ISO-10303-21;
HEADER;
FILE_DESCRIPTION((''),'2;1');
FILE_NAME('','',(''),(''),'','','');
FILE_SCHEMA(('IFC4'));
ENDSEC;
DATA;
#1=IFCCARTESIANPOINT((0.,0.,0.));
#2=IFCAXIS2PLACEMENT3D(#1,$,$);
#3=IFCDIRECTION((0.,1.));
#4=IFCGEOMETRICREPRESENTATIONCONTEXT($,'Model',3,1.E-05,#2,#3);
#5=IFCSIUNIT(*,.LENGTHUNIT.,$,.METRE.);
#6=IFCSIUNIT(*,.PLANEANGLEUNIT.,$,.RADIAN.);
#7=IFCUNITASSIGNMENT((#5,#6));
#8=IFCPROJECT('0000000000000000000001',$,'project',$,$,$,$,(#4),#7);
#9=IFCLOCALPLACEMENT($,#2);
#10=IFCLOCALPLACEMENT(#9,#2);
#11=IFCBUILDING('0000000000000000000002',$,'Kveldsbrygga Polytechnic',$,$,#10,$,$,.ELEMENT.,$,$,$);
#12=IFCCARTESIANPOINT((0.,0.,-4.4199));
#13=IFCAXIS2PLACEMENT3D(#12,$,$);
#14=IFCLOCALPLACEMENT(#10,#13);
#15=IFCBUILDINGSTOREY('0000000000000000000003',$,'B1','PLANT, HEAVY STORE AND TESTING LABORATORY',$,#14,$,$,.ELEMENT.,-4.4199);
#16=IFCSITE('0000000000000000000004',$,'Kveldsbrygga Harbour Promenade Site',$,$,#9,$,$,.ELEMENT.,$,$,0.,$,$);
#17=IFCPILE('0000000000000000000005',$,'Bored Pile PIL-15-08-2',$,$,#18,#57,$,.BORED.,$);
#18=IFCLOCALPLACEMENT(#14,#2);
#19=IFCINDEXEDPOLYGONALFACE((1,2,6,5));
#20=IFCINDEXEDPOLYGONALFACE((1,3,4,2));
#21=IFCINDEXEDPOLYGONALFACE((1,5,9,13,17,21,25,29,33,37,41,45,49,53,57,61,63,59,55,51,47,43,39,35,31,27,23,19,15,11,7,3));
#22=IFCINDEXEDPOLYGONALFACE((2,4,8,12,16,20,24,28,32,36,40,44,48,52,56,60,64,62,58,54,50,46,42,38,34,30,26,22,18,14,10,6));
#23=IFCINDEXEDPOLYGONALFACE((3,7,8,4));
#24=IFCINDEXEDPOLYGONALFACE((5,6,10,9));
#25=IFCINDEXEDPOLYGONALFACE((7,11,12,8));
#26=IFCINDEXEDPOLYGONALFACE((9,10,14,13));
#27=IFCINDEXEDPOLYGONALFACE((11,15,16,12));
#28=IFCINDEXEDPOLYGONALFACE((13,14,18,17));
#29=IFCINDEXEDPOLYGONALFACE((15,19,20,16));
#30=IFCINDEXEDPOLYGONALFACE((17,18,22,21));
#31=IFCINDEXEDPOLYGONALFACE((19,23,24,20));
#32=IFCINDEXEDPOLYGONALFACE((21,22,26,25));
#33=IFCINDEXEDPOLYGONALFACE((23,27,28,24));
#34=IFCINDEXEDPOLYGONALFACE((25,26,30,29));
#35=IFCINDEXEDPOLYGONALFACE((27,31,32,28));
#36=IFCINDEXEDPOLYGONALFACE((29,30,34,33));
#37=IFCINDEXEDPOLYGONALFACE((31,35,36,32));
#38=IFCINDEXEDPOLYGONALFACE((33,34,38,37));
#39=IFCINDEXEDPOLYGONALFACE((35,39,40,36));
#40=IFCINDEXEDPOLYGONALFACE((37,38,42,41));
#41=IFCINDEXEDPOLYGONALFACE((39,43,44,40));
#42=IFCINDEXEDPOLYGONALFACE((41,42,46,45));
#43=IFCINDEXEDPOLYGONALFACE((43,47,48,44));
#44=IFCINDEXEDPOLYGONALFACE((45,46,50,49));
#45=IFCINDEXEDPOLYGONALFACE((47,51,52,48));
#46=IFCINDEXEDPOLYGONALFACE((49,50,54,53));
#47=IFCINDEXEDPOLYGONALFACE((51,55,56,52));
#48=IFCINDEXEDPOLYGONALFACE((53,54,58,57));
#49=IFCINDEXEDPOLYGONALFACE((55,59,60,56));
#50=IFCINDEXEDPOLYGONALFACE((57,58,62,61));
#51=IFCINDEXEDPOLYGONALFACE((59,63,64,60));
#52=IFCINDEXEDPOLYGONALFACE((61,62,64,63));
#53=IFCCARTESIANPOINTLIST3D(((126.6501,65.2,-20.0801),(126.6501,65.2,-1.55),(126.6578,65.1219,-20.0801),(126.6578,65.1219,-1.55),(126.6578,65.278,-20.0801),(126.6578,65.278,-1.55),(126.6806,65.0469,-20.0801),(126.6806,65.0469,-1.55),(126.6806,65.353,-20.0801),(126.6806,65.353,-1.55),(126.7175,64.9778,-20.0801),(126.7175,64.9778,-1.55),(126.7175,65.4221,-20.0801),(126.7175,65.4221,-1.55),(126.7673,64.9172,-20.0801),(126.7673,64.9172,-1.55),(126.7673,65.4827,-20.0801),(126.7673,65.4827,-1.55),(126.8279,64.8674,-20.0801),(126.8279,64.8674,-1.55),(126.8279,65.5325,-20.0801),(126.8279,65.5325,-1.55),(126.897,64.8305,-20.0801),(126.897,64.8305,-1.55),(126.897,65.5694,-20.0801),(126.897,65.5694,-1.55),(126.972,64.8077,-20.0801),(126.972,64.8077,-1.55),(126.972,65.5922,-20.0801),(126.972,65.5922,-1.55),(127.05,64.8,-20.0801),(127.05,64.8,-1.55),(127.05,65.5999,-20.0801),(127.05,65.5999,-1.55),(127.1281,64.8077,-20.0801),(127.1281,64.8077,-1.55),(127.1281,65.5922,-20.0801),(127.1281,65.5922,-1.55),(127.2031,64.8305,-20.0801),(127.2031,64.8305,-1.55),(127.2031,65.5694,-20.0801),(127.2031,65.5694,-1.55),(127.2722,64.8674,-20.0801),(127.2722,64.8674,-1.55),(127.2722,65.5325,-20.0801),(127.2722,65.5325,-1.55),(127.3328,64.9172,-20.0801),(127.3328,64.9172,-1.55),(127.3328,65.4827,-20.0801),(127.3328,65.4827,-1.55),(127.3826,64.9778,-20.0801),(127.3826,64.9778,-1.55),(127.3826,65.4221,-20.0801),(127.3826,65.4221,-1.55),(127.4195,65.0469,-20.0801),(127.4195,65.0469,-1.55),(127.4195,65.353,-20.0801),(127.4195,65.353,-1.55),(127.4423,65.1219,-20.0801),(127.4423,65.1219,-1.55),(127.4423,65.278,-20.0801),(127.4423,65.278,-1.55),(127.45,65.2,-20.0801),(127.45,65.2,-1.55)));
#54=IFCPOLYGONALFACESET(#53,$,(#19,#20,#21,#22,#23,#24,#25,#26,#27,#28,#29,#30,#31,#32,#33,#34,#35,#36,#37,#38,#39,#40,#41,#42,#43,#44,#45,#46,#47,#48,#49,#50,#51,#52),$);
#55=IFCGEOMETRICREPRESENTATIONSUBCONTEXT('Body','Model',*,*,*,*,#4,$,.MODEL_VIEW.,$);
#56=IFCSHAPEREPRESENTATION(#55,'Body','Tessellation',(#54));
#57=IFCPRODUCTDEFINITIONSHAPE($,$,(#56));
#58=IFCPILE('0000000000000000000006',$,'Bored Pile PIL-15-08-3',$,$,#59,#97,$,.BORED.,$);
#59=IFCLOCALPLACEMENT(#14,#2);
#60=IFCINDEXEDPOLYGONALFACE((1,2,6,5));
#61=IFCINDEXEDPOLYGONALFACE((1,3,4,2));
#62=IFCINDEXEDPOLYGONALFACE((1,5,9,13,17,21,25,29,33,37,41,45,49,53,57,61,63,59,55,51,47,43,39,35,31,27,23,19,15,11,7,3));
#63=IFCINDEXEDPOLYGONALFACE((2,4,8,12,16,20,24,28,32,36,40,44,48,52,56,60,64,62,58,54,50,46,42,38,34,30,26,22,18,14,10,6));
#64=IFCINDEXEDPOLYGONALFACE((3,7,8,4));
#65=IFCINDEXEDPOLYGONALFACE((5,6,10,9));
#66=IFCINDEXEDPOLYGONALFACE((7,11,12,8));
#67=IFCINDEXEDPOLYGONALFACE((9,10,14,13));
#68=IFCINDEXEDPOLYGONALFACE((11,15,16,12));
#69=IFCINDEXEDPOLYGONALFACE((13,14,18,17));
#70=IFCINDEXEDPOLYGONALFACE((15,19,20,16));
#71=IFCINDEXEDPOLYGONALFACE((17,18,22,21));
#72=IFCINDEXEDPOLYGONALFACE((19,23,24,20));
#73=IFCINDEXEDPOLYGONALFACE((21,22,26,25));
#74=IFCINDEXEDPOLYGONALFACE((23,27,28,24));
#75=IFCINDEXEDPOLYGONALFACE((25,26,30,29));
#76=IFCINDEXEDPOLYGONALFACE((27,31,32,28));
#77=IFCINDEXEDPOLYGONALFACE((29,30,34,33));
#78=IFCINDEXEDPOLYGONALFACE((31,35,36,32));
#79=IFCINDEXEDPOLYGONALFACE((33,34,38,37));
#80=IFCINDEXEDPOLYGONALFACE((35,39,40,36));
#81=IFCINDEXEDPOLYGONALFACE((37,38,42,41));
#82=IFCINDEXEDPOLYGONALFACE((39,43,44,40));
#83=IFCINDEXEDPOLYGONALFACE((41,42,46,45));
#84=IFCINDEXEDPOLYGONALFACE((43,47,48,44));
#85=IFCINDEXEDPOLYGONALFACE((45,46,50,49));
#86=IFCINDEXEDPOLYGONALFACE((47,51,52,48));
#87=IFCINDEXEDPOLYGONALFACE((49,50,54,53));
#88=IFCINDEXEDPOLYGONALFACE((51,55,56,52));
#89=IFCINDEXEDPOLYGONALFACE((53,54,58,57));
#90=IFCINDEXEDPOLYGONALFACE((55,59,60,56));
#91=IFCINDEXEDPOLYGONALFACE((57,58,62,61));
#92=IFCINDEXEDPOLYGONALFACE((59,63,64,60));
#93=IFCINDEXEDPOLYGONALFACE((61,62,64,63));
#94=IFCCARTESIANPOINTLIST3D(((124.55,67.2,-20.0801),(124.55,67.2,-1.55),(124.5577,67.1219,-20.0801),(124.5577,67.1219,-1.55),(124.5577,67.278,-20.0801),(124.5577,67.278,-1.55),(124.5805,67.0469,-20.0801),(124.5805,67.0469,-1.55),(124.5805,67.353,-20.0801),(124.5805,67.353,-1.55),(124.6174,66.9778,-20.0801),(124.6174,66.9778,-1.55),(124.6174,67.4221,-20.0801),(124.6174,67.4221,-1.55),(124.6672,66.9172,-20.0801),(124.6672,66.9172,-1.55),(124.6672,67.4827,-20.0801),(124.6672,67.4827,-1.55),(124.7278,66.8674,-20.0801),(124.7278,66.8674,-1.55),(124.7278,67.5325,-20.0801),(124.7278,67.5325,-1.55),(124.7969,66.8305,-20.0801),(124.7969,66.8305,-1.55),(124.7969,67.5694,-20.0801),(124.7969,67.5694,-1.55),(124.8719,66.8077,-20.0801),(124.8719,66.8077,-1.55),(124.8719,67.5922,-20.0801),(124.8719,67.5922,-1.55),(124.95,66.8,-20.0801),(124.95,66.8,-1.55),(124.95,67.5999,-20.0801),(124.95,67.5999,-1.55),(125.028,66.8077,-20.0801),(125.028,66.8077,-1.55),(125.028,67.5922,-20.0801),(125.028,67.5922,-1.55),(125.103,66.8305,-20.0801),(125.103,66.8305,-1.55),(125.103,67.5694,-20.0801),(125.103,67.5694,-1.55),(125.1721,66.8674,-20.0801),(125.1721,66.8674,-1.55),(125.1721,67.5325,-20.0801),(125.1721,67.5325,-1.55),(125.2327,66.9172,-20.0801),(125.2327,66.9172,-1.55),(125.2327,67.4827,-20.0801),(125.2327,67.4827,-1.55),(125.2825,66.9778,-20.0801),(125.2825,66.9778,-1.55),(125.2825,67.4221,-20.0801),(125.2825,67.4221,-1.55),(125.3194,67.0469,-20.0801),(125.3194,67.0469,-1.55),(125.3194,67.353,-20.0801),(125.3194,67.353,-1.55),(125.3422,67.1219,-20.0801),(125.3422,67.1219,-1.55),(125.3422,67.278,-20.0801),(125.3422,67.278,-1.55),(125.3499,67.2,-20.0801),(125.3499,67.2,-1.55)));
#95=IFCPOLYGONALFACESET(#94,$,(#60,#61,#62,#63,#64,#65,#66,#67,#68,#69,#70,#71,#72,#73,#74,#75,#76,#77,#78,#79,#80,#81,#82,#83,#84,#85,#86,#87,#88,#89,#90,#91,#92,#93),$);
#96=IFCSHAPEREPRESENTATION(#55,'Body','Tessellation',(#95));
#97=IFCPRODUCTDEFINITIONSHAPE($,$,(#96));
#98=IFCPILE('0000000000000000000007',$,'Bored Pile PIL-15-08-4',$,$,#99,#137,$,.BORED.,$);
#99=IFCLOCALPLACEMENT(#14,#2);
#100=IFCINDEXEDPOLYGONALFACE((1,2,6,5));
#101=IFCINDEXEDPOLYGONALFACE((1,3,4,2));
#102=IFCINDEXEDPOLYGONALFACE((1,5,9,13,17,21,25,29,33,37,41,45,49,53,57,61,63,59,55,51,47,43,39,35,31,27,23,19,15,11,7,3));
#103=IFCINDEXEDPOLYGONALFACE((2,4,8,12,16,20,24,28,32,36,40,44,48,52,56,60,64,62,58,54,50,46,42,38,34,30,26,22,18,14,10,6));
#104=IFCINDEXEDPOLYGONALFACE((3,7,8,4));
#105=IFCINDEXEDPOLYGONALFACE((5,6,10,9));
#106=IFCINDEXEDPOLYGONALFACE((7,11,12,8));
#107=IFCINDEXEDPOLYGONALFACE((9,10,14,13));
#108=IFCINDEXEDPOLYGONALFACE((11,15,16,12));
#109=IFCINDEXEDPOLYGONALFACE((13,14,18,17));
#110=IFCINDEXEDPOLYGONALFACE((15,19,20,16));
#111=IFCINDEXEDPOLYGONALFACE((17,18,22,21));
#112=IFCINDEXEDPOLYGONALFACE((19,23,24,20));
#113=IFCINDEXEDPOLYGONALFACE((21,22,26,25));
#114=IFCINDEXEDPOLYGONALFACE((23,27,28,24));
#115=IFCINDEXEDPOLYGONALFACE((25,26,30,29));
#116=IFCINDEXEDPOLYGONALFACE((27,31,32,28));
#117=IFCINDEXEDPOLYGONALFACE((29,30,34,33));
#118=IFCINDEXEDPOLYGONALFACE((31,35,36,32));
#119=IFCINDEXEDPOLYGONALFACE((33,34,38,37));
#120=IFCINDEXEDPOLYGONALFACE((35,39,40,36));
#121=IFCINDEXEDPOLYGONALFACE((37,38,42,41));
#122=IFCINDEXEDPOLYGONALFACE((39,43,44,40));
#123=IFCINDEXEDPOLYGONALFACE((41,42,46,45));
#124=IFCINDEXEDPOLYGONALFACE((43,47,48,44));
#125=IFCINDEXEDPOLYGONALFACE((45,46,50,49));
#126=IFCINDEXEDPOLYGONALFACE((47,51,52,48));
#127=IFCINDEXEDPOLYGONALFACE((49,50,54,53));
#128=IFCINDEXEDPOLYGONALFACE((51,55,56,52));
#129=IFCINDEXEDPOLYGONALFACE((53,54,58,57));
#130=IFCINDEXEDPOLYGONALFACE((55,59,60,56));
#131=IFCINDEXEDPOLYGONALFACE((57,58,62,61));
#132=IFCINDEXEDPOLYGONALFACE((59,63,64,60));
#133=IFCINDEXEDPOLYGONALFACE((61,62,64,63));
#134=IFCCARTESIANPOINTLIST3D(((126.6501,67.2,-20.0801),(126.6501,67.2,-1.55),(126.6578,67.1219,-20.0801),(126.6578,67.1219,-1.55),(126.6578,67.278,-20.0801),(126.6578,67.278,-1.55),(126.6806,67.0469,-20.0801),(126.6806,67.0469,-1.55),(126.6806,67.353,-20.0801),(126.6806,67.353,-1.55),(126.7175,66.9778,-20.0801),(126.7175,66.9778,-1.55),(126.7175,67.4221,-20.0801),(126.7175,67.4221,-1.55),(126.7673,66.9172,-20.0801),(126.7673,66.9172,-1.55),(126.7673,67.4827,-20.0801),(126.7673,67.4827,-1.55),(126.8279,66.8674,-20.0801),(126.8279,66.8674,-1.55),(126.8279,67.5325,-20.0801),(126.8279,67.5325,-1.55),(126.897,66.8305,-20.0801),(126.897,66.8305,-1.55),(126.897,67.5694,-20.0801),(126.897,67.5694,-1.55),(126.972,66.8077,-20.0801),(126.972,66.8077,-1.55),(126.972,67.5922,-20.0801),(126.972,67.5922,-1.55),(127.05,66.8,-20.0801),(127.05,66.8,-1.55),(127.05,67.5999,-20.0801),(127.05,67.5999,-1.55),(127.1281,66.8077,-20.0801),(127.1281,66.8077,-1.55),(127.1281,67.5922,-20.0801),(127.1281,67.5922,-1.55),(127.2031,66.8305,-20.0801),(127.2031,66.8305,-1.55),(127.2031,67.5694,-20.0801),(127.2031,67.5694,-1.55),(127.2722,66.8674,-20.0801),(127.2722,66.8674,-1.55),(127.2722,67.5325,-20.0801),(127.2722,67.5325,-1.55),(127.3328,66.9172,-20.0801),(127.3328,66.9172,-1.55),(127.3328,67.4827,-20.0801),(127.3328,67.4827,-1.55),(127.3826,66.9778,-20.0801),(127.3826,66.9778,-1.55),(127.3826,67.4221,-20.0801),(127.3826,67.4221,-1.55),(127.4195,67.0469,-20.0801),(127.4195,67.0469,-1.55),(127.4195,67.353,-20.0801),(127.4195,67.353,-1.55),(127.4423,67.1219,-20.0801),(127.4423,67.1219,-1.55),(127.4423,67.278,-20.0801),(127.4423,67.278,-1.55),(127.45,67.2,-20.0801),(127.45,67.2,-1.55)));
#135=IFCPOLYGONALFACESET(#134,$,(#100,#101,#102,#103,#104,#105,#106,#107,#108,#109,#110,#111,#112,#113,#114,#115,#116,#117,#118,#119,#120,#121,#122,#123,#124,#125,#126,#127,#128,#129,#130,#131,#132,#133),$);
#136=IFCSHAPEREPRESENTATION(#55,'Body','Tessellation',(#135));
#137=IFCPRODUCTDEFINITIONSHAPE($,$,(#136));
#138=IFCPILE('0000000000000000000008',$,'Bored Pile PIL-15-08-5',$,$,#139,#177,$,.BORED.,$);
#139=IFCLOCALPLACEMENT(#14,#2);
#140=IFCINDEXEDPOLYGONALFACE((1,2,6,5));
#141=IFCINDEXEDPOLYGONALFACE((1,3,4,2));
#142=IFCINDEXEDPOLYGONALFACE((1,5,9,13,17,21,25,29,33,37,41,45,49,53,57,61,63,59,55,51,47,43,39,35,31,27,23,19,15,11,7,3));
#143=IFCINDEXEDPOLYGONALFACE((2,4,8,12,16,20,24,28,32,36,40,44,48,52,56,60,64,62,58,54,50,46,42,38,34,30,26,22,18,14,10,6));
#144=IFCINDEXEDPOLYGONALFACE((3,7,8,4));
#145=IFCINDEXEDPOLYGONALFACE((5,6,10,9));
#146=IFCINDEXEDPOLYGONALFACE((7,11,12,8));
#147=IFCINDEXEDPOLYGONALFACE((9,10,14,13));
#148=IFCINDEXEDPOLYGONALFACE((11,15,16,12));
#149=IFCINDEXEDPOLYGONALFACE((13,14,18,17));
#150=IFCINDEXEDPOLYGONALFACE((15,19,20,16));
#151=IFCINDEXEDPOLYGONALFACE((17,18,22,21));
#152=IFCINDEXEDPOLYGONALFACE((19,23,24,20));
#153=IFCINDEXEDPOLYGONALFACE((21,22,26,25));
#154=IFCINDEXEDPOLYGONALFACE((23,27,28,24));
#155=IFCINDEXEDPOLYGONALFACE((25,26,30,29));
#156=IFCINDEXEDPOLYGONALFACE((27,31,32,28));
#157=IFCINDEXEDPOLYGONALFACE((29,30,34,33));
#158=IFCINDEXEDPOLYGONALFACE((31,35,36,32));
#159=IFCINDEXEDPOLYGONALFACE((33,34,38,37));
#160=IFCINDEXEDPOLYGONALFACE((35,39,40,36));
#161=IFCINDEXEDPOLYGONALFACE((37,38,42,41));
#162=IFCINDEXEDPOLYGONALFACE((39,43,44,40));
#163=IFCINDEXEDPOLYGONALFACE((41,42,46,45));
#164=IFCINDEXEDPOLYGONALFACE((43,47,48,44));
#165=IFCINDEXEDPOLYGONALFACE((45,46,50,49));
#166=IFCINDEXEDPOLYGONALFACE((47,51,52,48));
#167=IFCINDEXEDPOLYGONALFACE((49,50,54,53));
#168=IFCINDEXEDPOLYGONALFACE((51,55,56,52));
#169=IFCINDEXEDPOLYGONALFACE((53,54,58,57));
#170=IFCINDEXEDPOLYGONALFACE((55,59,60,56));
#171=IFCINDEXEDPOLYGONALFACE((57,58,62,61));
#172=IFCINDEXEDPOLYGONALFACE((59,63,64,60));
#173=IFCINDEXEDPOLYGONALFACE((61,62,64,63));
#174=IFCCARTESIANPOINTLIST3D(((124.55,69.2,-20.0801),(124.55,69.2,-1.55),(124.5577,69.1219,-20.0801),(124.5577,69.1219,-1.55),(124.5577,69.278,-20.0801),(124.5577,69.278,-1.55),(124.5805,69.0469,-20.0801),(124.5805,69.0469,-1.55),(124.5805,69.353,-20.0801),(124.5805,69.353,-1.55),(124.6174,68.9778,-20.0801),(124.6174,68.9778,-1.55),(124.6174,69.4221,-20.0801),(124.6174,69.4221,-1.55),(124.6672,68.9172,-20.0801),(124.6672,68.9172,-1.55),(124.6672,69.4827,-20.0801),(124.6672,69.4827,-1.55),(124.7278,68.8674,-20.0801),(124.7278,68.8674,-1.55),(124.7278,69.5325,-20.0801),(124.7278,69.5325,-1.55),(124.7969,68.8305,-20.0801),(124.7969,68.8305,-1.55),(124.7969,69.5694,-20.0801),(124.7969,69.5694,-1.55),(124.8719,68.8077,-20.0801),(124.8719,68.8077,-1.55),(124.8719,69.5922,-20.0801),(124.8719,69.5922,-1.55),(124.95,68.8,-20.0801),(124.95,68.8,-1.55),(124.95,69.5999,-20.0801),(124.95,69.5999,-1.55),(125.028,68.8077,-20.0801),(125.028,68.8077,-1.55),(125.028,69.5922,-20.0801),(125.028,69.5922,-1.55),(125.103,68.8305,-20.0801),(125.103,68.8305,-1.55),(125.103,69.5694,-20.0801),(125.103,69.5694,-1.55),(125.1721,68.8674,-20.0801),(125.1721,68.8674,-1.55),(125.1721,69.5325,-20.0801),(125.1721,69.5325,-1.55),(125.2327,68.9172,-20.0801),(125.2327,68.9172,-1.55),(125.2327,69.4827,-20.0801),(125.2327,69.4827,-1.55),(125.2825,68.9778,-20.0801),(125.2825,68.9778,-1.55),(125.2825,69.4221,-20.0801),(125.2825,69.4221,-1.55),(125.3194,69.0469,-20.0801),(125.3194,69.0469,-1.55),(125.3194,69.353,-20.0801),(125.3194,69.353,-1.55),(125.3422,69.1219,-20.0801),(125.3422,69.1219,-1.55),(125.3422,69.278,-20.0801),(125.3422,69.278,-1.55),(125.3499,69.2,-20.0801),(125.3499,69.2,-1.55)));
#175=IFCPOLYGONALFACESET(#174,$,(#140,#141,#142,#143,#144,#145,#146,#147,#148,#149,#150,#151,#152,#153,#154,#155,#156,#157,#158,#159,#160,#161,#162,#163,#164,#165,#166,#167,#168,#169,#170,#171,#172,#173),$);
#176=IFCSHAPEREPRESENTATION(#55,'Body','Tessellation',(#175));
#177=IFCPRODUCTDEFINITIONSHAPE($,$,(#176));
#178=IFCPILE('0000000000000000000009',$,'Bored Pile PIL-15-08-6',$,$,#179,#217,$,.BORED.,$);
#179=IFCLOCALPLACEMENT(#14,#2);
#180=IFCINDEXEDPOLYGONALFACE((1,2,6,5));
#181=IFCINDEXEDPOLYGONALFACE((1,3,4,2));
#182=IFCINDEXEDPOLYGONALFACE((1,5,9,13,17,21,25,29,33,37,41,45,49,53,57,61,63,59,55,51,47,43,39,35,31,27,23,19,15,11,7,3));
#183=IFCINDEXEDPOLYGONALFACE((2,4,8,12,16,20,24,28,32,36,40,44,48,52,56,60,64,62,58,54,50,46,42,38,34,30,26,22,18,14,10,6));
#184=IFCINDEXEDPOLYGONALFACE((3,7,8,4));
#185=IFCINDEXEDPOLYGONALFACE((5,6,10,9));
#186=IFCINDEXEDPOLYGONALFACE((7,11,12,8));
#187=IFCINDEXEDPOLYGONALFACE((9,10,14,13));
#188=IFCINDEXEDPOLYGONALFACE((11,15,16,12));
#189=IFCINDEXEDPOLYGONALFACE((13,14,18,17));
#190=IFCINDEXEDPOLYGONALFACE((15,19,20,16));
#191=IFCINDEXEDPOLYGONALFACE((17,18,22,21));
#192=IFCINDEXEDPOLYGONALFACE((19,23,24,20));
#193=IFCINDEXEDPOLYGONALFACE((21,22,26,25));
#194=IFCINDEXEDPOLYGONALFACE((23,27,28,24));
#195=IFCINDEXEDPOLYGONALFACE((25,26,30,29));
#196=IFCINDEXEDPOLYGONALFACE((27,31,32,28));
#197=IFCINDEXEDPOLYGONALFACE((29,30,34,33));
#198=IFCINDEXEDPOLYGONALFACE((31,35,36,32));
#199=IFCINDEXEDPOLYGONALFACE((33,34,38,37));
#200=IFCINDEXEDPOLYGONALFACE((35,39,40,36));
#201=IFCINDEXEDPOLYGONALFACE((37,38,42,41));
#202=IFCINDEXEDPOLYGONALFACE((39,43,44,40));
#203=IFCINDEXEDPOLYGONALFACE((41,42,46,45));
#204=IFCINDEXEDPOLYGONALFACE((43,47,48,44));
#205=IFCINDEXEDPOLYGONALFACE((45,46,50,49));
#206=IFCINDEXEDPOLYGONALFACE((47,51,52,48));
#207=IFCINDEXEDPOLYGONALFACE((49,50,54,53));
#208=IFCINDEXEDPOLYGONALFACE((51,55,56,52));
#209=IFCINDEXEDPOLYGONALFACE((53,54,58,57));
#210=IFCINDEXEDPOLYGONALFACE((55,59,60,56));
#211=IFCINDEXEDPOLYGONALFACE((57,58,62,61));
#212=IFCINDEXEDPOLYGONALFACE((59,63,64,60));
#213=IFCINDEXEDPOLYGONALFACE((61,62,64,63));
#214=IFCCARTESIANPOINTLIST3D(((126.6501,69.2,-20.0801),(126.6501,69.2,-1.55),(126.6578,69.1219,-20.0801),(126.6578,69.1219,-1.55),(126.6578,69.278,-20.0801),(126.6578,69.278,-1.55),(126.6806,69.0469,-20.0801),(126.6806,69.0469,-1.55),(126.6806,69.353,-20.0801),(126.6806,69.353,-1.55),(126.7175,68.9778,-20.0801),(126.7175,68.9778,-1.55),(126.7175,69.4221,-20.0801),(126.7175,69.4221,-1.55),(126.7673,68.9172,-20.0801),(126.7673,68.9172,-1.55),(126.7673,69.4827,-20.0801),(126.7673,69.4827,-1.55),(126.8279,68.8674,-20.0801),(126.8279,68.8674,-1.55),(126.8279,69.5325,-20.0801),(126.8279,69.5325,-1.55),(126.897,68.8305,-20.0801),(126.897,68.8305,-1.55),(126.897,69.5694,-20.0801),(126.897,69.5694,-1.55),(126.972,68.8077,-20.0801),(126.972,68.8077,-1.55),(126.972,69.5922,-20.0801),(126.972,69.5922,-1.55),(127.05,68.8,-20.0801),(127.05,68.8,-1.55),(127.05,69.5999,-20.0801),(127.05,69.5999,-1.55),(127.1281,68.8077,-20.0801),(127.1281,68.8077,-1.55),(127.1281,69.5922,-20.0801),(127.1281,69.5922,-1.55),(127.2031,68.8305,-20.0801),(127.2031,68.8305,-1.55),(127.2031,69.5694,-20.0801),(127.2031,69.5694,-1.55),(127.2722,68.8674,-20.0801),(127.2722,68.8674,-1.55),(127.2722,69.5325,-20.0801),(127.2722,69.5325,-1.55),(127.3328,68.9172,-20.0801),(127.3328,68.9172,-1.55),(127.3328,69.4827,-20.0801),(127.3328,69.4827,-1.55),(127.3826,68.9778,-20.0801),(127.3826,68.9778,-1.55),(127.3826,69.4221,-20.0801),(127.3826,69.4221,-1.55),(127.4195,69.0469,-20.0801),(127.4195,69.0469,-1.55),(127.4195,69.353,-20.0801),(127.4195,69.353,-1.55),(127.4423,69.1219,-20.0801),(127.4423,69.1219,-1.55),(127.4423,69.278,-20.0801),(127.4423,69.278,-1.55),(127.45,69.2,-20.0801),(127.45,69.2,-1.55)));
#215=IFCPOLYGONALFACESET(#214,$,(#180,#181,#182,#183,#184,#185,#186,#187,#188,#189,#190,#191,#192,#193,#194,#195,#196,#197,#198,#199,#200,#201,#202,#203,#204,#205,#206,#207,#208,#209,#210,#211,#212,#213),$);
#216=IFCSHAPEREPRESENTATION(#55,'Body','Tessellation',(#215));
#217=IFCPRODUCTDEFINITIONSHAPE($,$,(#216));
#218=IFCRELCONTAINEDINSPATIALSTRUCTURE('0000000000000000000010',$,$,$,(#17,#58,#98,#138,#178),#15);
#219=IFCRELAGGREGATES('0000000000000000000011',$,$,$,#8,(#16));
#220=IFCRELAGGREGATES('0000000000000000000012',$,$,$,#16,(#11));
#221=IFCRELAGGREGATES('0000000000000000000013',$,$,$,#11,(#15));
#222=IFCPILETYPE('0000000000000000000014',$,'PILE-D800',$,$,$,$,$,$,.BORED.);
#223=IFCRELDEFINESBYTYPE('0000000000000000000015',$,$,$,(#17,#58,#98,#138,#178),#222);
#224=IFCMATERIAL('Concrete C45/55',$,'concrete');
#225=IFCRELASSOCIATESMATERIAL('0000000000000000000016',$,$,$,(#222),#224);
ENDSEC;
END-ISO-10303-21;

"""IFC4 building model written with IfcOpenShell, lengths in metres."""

from ifc_helpers import new_model, si_unit, direction, frame, origin, origin_2d, place, context, subcontext, project, spatial, circle, extrude, material, material_profile, profile_set, type_object, element, save


model = new_model("IFC4")

# Units and contexts
model_context = context("Model", 3, precision=1e-05, world=origin(), true_north=direction((0.0, 1.0)))
body_context = subcontext(model_context, "Body", "Model", "MODEL_VIEW")
ifc_project = project(units=[si_unit("LENGTHUNIT", "METRE"), si_unit("PLANEANGLEUNIT", "RADIAN")], contexts=[model_context])

# Site, building, storey
site_placement = place(None, origin())
site = spatial("IfcSite", under=ifc_project, at=site_placement, Name="Kveldsbrygga Harbour Promenade Site", CompositionType="ELEMENT", RefElevation=0.0)
building_placement = place(site_placement, origin())
building = spatial("IfcBuilding", under=site, at=building_placement, Name="Kveldsbrygga Polytechnic", CompositionType="ELEMENT")
storey_placement = place(building_placement, frame((0.0, 0.0, -4.4199)))
storey = spatial("IfcBuildingStorey", under=building, at=storey_placement, Name="B1", Description="PLANT, HEAVY STORE AND TESTING LABORATORY", CompositionType="ELEMENT", Elevation=-4.4199)

# Shared definitions
ifc_material_1 = material(Name="Concrete C45/55", Category="concrete")

# Piles
ifc_material_profile_1 = material_profile(ifc_material_1, circle(Radius=0.3999, at=origin_2d()), Name="PILE D800")
ifc_profile_set_1 = profile_set([ifc_material_profile_1], Name="Concrete C45/55")
pile_type = type_object("IfcPileType", Name="PILE-D800", PredefinedType="BORED", material=ifc_profile_set_1)
for number, where, z_axis, x_axis, name in (
    (1, (127.05, 65.2, -1.55), (0.0, 0.0, -1.0), (1.0, 0.0, 0.0), "Bored Pile PIL-15-08-2"),
    (2, (124.95, 67.2, -1.55), (0.0, 0.0, -1.0), (1.0, 0.0, 0.0), "Bored Pile PIL-15-08-3"),
    (3, (127.05, 67.2, -1.55), (0.0, 0.0, -1.0), (1.0, 0.0, 0.0), "Bored Pile PIL-15-08-4"),
    (4, (124.95, 69.2, -1.55), (0.0, 0.0, -1.0), (1.0, 0.0, 0.0), "Bored Pile PIL-15-08-5"),
    (5, (127.05, 69.2, -1.55), (0.0, 0.0, -1.0), (1.0, 0.0, 0.0), "Bored Pile PIL-15-08-6"),
):
    element("IfcPile", number, at=place(storey_placement, frame(where, z_axis=z_axis, x_axis=x_axis)), inside=storey, type_object=pile_type, Name=name, PredefinedType="BORED", context=body_context, shape_type="SweptSolid", body=[
        extrude(circle(Radius=0.3999, at=origin_2d()), origin(), (0.0, 0.0, 1.0), 18.53),
    ])

save(model, "model.ifc")
